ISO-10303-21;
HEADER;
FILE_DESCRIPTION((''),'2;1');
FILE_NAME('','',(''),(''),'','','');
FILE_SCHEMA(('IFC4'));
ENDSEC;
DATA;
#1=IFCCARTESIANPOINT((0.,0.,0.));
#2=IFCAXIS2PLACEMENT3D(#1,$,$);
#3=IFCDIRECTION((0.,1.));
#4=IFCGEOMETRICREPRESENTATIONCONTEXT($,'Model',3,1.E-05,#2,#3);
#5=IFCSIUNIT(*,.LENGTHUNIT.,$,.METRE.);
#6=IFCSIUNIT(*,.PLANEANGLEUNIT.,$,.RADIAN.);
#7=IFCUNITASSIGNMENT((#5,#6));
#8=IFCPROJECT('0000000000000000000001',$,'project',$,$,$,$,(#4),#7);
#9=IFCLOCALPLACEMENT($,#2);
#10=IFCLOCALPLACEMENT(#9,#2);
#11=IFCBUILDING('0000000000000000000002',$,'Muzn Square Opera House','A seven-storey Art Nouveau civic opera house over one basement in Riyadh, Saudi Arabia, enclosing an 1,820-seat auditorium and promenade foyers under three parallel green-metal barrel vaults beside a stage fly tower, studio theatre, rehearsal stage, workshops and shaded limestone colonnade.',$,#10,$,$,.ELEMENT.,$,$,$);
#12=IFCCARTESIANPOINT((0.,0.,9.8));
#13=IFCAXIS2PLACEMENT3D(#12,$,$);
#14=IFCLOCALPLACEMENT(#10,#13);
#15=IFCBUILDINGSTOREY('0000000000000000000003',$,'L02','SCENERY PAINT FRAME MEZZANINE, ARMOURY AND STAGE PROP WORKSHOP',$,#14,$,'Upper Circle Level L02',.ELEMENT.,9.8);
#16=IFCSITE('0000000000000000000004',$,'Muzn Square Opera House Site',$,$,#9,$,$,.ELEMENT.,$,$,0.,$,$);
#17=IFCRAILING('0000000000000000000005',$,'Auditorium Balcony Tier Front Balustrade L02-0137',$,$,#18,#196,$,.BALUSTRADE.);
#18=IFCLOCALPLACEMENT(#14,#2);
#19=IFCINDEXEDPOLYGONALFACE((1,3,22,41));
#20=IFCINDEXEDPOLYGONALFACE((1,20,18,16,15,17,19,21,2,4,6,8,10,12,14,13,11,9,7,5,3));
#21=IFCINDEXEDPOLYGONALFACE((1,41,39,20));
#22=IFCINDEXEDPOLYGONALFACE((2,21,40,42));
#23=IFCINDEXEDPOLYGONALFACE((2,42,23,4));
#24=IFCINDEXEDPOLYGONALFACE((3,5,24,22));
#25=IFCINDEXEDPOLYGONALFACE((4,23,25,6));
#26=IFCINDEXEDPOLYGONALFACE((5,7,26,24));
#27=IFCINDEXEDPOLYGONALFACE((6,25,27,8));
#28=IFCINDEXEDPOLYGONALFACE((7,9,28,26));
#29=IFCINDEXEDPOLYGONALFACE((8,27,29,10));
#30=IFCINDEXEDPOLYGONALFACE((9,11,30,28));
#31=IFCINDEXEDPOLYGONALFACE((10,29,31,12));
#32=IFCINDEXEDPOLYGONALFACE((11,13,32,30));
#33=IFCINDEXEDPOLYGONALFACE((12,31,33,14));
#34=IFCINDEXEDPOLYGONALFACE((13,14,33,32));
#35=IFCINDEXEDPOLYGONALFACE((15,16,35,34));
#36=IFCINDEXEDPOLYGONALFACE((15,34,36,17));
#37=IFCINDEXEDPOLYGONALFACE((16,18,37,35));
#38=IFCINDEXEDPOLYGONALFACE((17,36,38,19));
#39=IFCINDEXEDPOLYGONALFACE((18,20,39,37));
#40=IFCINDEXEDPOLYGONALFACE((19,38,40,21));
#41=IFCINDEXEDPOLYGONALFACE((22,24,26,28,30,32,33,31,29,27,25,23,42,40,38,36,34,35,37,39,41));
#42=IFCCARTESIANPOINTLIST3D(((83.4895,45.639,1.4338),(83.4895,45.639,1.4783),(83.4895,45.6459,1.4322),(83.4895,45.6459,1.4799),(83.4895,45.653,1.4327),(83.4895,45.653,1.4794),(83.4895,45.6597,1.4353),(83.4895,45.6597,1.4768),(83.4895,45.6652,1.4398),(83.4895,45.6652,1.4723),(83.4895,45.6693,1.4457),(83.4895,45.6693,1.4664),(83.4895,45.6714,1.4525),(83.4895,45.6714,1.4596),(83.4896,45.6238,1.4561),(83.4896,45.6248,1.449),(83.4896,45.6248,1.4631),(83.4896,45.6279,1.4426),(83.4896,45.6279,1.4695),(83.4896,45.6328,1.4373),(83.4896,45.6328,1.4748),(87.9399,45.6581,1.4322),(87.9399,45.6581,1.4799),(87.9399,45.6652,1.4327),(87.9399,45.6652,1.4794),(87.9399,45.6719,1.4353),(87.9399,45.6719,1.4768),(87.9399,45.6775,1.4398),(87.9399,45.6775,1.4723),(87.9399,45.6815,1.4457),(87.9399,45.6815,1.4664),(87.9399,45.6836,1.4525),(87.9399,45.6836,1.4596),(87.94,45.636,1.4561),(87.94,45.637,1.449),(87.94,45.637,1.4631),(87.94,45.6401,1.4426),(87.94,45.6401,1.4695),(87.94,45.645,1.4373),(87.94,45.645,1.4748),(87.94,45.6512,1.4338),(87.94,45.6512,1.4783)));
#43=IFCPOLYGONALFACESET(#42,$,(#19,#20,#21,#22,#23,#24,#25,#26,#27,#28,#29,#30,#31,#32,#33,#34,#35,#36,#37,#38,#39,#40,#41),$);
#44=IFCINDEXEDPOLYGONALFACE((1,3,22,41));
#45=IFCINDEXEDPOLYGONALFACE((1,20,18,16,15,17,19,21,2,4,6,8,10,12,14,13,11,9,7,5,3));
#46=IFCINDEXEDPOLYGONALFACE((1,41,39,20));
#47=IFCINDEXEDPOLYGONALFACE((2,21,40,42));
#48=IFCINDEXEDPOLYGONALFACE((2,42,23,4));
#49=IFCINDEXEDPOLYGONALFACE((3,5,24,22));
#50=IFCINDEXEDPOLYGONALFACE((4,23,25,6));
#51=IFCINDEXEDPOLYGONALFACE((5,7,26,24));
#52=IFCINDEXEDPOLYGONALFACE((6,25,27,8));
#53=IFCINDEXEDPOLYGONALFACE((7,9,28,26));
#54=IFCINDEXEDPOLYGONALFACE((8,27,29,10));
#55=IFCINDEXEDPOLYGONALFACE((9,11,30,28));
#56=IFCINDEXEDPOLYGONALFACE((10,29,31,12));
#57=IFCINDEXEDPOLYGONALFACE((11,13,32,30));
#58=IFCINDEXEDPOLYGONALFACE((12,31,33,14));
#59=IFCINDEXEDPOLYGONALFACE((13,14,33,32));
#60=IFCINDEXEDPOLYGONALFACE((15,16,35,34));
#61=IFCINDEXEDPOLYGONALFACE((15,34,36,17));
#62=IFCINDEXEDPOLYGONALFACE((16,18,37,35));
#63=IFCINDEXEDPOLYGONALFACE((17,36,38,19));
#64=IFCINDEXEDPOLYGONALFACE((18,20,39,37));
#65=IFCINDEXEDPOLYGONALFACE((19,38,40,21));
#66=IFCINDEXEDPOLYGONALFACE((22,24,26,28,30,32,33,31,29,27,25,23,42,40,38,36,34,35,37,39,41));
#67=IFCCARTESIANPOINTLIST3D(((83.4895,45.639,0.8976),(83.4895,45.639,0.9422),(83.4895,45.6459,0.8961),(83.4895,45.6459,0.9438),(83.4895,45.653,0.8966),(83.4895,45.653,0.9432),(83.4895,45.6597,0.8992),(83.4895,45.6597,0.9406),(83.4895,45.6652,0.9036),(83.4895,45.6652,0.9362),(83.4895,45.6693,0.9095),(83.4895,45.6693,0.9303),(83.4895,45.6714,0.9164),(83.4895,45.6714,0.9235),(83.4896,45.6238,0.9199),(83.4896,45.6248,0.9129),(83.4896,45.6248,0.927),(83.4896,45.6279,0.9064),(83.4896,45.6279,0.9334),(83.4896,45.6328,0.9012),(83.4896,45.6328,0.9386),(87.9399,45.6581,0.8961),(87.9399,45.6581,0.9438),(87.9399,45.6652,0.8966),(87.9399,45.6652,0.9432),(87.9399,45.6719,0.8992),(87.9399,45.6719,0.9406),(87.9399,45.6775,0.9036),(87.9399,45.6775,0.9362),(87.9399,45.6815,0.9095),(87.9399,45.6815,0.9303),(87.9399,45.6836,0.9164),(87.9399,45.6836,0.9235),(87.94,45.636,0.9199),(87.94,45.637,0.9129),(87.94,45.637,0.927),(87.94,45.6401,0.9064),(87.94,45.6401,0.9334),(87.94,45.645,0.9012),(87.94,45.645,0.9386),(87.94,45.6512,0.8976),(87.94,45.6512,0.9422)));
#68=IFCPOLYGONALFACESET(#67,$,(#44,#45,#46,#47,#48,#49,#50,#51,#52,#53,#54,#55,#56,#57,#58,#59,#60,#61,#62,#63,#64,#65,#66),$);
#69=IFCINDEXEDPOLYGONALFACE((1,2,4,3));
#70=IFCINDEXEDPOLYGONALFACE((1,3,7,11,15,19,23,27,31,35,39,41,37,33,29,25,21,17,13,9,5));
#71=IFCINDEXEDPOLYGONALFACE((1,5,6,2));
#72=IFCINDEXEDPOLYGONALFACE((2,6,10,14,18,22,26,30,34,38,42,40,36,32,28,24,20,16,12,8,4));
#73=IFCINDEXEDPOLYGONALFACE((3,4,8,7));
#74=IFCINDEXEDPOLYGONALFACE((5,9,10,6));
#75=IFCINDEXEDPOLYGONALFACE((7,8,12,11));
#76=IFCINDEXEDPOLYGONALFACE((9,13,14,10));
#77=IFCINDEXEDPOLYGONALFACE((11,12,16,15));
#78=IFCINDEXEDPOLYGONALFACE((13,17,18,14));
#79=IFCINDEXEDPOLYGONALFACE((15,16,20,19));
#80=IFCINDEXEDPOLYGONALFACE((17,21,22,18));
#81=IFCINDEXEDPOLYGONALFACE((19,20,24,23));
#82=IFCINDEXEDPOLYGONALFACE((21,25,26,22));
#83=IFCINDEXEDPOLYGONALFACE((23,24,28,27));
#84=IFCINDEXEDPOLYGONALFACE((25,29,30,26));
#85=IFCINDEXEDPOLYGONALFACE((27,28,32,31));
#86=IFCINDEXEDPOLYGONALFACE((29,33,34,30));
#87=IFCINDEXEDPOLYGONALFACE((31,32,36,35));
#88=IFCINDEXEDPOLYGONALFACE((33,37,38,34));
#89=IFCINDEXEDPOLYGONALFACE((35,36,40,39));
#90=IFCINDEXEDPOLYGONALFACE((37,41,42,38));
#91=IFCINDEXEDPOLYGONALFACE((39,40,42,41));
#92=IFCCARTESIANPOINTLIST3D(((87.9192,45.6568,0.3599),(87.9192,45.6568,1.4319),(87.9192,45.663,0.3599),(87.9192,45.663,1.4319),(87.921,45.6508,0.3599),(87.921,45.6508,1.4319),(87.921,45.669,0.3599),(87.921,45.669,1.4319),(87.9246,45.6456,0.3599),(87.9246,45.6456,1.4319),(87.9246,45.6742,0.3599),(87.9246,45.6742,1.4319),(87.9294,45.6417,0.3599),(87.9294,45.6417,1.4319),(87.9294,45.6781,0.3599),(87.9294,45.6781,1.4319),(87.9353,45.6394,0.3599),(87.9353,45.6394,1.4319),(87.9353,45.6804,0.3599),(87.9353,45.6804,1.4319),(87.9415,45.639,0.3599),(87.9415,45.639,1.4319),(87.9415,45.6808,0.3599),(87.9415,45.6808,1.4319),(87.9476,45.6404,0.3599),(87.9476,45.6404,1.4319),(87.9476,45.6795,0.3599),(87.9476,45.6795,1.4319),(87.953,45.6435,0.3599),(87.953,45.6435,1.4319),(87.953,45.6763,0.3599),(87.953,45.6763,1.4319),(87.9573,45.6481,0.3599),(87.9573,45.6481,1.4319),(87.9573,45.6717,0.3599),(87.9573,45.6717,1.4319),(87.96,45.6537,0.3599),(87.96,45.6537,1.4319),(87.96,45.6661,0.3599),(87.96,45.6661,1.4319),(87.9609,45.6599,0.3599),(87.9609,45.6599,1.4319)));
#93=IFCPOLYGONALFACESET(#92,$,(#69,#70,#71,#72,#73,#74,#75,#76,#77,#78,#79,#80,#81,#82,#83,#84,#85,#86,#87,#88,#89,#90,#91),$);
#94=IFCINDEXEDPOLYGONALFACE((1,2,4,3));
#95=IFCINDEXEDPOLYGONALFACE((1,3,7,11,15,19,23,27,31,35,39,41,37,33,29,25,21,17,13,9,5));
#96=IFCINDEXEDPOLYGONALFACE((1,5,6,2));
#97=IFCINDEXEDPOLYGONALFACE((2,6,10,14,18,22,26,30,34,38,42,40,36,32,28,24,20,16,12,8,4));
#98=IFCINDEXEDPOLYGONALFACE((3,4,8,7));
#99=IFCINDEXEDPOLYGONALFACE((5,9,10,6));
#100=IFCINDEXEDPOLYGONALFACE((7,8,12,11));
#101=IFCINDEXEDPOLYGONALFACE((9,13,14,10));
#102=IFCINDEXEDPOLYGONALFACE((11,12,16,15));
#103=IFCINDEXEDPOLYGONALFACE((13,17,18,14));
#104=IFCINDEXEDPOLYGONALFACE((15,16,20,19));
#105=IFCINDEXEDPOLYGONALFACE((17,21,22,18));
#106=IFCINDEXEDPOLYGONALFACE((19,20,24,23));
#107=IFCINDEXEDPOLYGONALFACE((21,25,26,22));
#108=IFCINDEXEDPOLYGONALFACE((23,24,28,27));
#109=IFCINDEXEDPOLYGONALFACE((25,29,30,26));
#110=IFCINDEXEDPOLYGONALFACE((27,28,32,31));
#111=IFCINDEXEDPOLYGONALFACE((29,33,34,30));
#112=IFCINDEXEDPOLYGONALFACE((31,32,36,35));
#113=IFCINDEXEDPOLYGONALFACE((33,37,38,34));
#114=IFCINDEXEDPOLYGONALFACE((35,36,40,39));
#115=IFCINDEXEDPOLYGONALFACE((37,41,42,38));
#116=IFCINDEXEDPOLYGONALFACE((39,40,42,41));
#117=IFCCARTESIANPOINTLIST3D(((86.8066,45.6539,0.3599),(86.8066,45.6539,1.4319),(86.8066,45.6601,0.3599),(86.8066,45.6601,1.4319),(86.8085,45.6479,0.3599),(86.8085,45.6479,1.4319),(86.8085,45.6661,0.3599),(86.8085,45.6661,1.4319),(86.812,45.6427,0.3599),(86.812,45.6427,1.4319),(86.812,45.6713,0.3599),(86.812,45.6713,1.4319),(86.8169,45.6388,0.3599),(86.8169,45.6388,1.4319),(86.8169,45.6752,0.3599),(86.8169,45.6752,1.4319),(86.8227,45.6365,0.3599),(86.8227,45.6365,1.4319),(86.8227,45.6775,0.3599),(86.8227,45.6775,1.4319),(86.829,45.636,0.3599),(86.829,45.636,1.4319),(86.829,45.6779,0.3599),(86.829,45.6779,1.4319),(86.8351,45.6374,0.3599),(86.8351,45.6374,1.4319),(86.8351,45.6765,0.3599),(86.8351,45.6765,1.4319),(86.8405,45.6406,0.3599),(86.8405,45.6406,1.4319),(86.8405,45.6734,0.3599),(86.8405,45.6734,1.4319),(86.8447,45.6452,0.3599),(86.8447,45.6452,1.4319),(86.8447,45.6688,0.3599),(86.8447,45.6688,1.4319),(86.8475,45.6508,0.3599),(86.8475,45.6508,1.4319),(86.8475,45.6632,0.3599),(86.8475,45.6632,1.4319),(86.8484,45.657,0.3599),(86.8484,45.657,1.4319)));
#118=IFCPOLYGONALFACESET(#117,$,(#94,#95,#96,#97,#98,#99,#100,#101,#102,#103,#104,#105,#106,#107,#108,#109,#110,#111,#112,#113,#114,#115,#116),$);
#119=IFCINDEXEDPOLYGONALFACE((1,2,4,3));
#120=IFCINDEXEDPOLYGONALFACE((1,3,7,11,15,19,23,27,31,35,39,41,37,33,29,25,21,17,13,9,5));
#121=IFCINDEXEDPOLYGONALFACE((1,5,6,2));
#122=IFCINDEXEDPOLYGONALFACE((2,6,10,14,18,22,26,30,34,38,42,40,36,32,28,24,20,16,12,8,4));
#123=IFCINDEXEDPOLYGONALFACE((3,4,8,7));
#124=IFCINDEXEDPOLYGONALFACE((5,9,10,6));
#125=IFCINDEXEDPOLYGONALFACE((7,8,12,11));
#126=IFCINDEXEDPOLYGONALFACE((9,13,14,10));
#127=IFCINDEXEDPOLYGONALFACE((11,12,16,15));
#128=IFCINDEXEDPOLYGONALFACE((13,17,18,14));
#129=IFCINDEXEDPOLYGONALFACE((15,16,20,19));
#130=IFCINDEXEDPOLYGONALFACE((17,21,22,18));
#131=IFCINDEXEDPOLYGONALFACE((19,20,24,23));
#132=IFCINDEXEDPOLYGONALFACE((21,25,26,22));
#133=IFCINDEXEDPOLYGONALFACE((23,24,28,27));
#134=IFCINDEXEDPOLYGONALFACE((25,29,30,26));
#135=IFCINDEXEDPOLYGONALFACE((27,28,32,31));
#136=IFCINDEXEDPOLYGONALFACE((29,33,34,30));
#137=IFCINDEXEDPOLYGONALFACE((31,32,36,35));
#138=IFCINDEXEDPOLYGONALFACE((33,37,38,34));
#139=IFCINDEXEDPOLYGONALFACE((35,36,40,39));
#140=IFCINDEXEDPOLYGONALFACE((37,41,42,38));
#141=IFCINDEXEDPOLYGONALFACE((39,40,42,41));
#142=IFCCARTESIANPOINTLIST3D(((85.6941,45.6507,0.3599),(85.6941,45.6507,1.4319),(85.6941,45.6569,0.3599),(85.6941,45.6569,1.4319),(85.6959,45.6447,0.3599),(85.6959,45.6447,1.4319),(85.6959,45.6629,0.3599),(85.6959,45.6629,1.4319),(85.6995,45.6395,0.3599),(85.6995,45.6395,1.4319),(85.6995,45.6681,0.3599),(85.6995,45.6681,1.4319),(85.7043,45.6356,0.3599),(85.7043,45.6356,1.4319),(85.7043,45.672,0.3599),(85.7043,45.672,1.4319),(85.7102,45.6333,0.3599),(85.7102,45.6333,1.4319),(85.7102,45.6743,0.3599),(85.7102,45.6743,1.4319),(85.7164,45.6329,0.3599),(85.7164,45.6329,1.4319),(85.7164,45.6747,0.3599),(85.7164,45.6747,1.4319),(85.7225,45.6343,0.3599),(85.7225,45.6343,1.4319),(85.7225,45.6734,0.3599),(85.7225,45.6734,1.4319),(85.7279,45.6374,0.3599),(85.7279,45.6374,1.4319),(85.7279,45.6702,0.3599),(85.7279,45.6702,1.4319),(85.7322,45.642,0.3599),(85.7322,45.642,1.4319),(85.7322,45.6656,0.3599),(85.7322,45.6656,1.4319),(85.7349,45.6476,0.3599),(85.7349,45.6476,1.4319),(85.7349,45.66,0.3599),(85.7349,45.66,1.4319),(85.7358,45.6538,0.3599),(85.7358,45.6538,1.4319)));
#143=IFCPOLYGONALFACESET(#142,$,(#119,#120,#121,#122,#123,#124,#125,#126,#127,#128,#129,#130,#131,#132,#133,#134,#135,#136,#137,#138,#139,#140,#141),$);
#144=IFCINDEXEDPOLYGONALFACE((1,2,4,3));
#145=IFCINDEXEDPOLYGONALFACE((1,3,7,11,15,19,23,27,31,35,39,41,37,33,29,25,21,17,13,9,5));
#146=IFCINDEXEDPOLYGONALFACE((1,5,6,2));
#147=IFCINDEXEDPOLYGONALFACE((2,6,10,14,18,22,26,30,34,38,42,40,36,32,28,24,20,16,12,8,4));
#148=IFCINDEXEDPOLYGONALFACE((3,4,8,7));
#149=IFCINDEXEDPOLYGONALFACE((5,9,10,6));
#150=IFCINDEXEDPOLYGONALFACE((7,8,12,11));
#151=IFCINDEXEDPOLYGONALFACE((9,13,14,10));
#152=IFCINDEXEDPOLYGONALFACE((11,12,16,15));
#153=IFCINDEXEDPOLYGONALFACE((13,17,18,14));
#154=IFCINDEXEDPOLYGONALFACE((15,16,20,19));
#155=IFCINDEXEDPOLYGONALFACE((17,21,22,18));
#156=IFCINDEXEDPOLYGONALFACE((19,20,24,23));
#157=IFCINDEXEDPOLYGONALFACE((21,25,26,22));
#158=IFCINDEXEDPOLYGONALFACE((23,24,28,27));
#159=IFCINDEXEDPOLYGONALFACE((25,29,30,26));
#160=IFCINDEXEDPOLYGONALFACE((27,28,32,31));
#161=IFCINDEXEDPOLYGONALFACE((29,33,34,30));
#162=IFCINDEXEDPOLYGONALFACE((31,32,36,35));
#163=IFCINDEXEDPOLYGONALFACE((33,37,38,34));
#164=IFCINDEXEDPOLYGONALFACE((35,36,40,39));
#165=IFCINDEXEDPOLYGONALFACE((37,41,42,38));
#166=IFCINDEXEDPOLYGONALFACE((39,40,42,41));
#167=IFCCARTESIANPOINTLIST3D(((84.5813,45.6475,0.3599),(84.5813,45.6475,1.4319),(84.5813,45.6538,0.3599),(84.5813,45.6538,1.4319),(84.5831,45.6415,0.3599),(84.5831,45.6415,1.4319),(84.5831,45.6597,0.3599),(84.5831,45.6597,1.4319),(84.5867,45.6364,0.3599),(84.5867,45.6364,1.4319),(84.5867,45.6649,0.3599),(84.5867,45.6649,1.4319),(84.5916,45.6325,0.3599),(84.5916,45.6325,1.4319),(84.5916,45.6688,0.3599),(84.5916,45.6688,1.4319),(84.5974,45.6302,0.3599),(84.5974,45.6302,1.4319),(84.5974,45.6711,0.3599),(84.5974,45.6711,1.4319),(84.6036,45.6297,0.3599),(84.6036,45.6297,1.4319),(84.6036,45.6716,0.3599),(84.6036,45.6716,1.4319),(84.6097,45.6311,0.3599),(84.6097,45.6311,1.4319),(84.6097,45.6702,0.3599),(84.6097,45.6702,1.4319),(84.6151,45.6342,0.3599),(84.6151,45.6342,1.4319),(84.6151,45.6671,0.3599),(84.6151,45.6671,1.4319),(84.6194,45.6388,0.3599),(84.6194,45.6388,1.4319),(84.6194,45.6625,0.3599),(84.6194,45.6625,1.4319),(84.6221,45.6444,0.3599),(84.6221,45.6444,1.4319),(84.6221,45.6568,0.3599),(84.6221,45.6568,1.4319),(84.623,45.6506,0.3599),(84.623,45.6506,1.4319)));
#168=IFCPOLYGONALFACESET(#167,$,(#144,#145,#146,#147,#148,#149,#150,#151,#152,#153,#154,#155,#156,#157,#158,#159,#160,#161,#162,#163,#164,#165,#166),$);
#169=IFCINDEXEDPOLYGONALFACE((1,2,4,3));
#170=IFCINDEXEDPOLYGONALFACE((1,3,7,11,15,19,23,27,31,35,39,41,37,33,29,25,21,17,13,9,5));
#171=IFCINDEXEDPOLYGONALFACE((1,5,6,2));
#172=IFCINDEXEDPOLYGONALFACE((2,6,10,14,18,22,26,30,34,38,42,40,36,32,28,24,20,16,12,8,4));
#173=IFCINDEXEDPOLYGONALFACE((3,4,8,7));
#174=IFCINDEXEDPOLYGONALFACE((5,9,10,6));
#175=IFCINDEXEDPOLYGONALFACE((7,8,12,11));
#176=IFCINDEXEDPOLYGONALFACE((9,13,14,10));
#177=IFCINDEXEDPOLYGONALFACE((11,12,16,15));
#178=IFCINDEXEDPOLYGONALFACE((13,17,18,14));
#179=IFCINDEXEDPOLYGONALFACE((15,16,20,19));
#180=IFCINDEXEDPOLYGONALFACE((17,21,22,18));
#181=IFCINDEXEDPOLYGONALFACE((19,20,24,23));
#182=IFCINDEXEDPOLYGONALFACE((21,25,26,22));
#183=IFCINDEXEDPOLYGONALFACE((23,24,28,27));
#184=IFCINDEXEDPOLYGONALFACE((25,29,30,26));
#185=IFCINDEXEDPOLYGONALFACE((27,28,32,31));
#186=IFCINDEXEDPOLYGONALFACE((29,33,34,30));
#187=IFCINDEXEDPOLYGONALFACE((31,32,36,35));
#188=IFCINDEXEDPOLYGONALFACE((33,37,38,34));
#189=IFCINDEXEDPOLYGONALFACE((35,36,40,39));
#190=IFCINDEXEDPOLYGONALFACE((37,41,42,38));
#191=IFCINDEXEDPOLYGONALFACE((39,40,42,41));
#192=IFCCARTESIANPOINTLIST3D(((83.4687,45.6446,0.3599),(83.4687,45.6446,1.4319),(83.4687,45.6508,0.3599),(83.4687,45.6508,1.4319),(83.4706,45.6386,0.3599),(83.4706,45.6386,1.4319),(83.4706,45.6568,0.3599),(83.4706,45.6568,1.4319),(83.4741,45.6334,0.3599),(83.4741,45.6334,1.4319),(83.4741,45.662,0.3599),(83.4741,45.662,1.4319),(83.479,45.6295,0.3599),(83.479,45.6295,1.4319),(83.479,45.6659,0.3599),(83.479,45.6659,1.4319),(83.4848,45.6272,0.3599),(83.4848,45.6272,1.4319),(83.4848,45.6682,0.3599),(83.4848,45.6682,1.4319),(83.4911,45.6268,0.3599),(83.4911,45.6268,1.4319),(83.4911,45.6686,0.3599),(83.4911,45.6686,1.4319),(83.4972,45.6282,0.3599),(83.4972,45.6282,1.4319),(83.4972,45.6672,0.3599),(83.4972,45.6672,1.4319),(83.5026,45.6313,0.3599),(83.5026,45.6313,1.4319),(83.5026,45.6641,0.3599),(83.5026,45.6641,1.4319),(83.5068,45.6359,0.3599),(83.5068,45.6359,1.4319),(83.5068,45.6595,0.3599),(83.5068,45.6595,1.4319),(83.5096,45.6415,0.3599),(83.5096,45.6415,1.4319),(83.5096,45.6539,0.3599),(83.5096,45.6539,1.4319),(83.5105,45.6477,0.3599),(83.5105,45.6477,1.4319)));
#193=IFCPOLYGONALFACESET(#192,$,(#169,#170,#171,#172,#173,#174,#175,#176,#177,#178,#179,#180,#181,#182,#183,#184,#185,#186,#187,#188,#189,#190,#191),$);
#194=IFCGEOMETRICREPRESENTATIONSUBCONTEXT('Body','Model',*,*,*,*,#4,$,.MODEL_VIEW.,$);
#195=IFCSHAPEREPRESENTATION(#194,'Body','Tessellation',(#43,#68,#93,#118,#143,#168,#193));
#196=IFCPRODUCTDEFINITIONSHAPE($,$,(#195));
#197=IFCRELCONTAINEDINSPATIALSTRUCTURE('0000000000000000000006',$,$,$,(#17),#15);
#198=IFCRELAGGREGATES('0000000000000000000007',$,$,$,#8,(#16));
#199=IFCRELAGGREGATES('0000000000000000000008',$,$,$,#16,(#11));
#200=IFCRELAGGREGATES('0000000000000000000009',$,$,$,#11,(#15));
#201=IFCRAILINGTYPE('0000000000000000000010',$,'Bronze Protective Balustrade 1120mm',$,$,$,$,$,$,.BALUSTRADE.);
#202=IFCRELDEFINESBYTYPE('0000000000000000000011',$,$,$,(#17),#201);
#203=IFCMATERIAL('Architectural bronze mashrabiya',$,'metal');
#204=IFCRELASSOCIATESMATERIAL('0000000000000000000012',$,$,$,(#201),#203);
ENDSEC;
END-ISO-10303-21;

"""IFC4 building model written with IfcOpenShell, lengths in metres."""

from ifc_helpers import new_model, si_unit, direction, frame, origin, origin_2d, place, context, subcontext, project, spatial, circle, extrude, material, type_object, element, save


model = new_model("IFC4")

# Units and contexts
model_context = context("Model", 3, precision=1e-05, world=origin(), true_north=direction((0.0, 1.0)))
body_context = subcontext(model_context, "Body", "Model", "MODEL_VIEW")
ifc_project = project(units=[si_unit("LENGTHUNIT", "METRE"), si_unit("PLANEANGLEUNIT", "RADIAN")], contexts=[model_context])

# Site, building, storey
site_placement = place(None, origin())
site = spatial("IfcSite", under=ifc_project, at=site_placement, Name="Muzn Square Opera House Site", CompositionType="ELEMENT", RefElevation=0.0)
building_placement = place(site_placement, origin())
building = spatial("IfcBuilding", under=site, at=building_placement, Name="Muzn Square Opera House", Description="A seven-storey Art Nouveau civic opera house over one basement in Riyadh, Saudi Arabia, enclosing an 1,820-seat auditorium and promenade foyers under three parallel green-metal barrel vaults beside a stage fly tower, studio theatre, rehearsal stage, workshops and shaded limestone colonnade.", CompositionType="ELEMENT")
storey_placement = place(building_placement, frame((0.0, 0.0, 9.8)))
storey = spatial("IfcBuildingStorey", under=building, at=storey_placement, Name="L02", Description="SCENERY PAINT FRAME MEZZANINE, ARMOURY AND STAGE PROP WORKSHOP", LongName="Upper Circle Level L02", CompositionType="ELEMENT", Elevation=9.8)

# Railing
ifc_material_1 = material(Name="Architectural bronze mashrabiya", Category="metal")
railing_type = type_object("IfcRailingType", Name="Bronze Protective Balustrade 1120mm", PredefinedType="BALUSTRADE", material=ifc_material_1)
railing_1_placement = place(storey_placement, frame((87.9399, 45.6599, 0.3599)))
element("IfcRailing", 1, at=railing_1_placement, inside=storey, type_object=railing_type, Name="Auditorium Balcony Tier Front Balustrade L02-0137", PredefinedType="BALUSTRADE", context=body_context, shape_type="SweptSolid", body=[
    extrude(circle(Radius=0.0239, at=origin_2d()), frame((0.0, 0.0, 1.0962), z_axis=(-0.999996, -0.002743, 0.0), x_axis=(0.002743, -0.999996, 0.0)), (0.0, 0.0, 1.0), 4.4504),
    extrude(circle(Radius=0.0239, at=origin_2d()), frame((0.0, 0.0, 0.5601), z_axis=(-0.999996, -0.002743, 0.0), x_axis=(0.002743, -0.999996, 0.0)), (0.0, 0.0, 1.0), 4.4504),
    extrude(circle(Radius=0.021, at=origin_2d()), origin(), (0.0, 0.0, 1.0), 1.072),
    extrude(circle(Radius=0.021, at=origin_2d()), frame((-1.1125, -0.0029, 0.0)), (0.0, 0.0, 1.0), 1.072),
    extrude(circle(Radius=0.021, at=origin_2d()), frame((-2.2251, -0.0061, 0.0)), (0.0, 0.0, 1.0), 1.072),
    extrude(circle(Radius=0.021, at=origin_2d()), frame((-3.3379, -0.0093, 0.0)), (0.0, 0.0, 1.0), 1.072),
    extrude(circle(Radius=0.021, at=origin_2d()), frame((-4.4504, -0.0122, 0.0)), (0.0, 0.0, 1.0), 1.072),
])

save(model, "model.ifc")
